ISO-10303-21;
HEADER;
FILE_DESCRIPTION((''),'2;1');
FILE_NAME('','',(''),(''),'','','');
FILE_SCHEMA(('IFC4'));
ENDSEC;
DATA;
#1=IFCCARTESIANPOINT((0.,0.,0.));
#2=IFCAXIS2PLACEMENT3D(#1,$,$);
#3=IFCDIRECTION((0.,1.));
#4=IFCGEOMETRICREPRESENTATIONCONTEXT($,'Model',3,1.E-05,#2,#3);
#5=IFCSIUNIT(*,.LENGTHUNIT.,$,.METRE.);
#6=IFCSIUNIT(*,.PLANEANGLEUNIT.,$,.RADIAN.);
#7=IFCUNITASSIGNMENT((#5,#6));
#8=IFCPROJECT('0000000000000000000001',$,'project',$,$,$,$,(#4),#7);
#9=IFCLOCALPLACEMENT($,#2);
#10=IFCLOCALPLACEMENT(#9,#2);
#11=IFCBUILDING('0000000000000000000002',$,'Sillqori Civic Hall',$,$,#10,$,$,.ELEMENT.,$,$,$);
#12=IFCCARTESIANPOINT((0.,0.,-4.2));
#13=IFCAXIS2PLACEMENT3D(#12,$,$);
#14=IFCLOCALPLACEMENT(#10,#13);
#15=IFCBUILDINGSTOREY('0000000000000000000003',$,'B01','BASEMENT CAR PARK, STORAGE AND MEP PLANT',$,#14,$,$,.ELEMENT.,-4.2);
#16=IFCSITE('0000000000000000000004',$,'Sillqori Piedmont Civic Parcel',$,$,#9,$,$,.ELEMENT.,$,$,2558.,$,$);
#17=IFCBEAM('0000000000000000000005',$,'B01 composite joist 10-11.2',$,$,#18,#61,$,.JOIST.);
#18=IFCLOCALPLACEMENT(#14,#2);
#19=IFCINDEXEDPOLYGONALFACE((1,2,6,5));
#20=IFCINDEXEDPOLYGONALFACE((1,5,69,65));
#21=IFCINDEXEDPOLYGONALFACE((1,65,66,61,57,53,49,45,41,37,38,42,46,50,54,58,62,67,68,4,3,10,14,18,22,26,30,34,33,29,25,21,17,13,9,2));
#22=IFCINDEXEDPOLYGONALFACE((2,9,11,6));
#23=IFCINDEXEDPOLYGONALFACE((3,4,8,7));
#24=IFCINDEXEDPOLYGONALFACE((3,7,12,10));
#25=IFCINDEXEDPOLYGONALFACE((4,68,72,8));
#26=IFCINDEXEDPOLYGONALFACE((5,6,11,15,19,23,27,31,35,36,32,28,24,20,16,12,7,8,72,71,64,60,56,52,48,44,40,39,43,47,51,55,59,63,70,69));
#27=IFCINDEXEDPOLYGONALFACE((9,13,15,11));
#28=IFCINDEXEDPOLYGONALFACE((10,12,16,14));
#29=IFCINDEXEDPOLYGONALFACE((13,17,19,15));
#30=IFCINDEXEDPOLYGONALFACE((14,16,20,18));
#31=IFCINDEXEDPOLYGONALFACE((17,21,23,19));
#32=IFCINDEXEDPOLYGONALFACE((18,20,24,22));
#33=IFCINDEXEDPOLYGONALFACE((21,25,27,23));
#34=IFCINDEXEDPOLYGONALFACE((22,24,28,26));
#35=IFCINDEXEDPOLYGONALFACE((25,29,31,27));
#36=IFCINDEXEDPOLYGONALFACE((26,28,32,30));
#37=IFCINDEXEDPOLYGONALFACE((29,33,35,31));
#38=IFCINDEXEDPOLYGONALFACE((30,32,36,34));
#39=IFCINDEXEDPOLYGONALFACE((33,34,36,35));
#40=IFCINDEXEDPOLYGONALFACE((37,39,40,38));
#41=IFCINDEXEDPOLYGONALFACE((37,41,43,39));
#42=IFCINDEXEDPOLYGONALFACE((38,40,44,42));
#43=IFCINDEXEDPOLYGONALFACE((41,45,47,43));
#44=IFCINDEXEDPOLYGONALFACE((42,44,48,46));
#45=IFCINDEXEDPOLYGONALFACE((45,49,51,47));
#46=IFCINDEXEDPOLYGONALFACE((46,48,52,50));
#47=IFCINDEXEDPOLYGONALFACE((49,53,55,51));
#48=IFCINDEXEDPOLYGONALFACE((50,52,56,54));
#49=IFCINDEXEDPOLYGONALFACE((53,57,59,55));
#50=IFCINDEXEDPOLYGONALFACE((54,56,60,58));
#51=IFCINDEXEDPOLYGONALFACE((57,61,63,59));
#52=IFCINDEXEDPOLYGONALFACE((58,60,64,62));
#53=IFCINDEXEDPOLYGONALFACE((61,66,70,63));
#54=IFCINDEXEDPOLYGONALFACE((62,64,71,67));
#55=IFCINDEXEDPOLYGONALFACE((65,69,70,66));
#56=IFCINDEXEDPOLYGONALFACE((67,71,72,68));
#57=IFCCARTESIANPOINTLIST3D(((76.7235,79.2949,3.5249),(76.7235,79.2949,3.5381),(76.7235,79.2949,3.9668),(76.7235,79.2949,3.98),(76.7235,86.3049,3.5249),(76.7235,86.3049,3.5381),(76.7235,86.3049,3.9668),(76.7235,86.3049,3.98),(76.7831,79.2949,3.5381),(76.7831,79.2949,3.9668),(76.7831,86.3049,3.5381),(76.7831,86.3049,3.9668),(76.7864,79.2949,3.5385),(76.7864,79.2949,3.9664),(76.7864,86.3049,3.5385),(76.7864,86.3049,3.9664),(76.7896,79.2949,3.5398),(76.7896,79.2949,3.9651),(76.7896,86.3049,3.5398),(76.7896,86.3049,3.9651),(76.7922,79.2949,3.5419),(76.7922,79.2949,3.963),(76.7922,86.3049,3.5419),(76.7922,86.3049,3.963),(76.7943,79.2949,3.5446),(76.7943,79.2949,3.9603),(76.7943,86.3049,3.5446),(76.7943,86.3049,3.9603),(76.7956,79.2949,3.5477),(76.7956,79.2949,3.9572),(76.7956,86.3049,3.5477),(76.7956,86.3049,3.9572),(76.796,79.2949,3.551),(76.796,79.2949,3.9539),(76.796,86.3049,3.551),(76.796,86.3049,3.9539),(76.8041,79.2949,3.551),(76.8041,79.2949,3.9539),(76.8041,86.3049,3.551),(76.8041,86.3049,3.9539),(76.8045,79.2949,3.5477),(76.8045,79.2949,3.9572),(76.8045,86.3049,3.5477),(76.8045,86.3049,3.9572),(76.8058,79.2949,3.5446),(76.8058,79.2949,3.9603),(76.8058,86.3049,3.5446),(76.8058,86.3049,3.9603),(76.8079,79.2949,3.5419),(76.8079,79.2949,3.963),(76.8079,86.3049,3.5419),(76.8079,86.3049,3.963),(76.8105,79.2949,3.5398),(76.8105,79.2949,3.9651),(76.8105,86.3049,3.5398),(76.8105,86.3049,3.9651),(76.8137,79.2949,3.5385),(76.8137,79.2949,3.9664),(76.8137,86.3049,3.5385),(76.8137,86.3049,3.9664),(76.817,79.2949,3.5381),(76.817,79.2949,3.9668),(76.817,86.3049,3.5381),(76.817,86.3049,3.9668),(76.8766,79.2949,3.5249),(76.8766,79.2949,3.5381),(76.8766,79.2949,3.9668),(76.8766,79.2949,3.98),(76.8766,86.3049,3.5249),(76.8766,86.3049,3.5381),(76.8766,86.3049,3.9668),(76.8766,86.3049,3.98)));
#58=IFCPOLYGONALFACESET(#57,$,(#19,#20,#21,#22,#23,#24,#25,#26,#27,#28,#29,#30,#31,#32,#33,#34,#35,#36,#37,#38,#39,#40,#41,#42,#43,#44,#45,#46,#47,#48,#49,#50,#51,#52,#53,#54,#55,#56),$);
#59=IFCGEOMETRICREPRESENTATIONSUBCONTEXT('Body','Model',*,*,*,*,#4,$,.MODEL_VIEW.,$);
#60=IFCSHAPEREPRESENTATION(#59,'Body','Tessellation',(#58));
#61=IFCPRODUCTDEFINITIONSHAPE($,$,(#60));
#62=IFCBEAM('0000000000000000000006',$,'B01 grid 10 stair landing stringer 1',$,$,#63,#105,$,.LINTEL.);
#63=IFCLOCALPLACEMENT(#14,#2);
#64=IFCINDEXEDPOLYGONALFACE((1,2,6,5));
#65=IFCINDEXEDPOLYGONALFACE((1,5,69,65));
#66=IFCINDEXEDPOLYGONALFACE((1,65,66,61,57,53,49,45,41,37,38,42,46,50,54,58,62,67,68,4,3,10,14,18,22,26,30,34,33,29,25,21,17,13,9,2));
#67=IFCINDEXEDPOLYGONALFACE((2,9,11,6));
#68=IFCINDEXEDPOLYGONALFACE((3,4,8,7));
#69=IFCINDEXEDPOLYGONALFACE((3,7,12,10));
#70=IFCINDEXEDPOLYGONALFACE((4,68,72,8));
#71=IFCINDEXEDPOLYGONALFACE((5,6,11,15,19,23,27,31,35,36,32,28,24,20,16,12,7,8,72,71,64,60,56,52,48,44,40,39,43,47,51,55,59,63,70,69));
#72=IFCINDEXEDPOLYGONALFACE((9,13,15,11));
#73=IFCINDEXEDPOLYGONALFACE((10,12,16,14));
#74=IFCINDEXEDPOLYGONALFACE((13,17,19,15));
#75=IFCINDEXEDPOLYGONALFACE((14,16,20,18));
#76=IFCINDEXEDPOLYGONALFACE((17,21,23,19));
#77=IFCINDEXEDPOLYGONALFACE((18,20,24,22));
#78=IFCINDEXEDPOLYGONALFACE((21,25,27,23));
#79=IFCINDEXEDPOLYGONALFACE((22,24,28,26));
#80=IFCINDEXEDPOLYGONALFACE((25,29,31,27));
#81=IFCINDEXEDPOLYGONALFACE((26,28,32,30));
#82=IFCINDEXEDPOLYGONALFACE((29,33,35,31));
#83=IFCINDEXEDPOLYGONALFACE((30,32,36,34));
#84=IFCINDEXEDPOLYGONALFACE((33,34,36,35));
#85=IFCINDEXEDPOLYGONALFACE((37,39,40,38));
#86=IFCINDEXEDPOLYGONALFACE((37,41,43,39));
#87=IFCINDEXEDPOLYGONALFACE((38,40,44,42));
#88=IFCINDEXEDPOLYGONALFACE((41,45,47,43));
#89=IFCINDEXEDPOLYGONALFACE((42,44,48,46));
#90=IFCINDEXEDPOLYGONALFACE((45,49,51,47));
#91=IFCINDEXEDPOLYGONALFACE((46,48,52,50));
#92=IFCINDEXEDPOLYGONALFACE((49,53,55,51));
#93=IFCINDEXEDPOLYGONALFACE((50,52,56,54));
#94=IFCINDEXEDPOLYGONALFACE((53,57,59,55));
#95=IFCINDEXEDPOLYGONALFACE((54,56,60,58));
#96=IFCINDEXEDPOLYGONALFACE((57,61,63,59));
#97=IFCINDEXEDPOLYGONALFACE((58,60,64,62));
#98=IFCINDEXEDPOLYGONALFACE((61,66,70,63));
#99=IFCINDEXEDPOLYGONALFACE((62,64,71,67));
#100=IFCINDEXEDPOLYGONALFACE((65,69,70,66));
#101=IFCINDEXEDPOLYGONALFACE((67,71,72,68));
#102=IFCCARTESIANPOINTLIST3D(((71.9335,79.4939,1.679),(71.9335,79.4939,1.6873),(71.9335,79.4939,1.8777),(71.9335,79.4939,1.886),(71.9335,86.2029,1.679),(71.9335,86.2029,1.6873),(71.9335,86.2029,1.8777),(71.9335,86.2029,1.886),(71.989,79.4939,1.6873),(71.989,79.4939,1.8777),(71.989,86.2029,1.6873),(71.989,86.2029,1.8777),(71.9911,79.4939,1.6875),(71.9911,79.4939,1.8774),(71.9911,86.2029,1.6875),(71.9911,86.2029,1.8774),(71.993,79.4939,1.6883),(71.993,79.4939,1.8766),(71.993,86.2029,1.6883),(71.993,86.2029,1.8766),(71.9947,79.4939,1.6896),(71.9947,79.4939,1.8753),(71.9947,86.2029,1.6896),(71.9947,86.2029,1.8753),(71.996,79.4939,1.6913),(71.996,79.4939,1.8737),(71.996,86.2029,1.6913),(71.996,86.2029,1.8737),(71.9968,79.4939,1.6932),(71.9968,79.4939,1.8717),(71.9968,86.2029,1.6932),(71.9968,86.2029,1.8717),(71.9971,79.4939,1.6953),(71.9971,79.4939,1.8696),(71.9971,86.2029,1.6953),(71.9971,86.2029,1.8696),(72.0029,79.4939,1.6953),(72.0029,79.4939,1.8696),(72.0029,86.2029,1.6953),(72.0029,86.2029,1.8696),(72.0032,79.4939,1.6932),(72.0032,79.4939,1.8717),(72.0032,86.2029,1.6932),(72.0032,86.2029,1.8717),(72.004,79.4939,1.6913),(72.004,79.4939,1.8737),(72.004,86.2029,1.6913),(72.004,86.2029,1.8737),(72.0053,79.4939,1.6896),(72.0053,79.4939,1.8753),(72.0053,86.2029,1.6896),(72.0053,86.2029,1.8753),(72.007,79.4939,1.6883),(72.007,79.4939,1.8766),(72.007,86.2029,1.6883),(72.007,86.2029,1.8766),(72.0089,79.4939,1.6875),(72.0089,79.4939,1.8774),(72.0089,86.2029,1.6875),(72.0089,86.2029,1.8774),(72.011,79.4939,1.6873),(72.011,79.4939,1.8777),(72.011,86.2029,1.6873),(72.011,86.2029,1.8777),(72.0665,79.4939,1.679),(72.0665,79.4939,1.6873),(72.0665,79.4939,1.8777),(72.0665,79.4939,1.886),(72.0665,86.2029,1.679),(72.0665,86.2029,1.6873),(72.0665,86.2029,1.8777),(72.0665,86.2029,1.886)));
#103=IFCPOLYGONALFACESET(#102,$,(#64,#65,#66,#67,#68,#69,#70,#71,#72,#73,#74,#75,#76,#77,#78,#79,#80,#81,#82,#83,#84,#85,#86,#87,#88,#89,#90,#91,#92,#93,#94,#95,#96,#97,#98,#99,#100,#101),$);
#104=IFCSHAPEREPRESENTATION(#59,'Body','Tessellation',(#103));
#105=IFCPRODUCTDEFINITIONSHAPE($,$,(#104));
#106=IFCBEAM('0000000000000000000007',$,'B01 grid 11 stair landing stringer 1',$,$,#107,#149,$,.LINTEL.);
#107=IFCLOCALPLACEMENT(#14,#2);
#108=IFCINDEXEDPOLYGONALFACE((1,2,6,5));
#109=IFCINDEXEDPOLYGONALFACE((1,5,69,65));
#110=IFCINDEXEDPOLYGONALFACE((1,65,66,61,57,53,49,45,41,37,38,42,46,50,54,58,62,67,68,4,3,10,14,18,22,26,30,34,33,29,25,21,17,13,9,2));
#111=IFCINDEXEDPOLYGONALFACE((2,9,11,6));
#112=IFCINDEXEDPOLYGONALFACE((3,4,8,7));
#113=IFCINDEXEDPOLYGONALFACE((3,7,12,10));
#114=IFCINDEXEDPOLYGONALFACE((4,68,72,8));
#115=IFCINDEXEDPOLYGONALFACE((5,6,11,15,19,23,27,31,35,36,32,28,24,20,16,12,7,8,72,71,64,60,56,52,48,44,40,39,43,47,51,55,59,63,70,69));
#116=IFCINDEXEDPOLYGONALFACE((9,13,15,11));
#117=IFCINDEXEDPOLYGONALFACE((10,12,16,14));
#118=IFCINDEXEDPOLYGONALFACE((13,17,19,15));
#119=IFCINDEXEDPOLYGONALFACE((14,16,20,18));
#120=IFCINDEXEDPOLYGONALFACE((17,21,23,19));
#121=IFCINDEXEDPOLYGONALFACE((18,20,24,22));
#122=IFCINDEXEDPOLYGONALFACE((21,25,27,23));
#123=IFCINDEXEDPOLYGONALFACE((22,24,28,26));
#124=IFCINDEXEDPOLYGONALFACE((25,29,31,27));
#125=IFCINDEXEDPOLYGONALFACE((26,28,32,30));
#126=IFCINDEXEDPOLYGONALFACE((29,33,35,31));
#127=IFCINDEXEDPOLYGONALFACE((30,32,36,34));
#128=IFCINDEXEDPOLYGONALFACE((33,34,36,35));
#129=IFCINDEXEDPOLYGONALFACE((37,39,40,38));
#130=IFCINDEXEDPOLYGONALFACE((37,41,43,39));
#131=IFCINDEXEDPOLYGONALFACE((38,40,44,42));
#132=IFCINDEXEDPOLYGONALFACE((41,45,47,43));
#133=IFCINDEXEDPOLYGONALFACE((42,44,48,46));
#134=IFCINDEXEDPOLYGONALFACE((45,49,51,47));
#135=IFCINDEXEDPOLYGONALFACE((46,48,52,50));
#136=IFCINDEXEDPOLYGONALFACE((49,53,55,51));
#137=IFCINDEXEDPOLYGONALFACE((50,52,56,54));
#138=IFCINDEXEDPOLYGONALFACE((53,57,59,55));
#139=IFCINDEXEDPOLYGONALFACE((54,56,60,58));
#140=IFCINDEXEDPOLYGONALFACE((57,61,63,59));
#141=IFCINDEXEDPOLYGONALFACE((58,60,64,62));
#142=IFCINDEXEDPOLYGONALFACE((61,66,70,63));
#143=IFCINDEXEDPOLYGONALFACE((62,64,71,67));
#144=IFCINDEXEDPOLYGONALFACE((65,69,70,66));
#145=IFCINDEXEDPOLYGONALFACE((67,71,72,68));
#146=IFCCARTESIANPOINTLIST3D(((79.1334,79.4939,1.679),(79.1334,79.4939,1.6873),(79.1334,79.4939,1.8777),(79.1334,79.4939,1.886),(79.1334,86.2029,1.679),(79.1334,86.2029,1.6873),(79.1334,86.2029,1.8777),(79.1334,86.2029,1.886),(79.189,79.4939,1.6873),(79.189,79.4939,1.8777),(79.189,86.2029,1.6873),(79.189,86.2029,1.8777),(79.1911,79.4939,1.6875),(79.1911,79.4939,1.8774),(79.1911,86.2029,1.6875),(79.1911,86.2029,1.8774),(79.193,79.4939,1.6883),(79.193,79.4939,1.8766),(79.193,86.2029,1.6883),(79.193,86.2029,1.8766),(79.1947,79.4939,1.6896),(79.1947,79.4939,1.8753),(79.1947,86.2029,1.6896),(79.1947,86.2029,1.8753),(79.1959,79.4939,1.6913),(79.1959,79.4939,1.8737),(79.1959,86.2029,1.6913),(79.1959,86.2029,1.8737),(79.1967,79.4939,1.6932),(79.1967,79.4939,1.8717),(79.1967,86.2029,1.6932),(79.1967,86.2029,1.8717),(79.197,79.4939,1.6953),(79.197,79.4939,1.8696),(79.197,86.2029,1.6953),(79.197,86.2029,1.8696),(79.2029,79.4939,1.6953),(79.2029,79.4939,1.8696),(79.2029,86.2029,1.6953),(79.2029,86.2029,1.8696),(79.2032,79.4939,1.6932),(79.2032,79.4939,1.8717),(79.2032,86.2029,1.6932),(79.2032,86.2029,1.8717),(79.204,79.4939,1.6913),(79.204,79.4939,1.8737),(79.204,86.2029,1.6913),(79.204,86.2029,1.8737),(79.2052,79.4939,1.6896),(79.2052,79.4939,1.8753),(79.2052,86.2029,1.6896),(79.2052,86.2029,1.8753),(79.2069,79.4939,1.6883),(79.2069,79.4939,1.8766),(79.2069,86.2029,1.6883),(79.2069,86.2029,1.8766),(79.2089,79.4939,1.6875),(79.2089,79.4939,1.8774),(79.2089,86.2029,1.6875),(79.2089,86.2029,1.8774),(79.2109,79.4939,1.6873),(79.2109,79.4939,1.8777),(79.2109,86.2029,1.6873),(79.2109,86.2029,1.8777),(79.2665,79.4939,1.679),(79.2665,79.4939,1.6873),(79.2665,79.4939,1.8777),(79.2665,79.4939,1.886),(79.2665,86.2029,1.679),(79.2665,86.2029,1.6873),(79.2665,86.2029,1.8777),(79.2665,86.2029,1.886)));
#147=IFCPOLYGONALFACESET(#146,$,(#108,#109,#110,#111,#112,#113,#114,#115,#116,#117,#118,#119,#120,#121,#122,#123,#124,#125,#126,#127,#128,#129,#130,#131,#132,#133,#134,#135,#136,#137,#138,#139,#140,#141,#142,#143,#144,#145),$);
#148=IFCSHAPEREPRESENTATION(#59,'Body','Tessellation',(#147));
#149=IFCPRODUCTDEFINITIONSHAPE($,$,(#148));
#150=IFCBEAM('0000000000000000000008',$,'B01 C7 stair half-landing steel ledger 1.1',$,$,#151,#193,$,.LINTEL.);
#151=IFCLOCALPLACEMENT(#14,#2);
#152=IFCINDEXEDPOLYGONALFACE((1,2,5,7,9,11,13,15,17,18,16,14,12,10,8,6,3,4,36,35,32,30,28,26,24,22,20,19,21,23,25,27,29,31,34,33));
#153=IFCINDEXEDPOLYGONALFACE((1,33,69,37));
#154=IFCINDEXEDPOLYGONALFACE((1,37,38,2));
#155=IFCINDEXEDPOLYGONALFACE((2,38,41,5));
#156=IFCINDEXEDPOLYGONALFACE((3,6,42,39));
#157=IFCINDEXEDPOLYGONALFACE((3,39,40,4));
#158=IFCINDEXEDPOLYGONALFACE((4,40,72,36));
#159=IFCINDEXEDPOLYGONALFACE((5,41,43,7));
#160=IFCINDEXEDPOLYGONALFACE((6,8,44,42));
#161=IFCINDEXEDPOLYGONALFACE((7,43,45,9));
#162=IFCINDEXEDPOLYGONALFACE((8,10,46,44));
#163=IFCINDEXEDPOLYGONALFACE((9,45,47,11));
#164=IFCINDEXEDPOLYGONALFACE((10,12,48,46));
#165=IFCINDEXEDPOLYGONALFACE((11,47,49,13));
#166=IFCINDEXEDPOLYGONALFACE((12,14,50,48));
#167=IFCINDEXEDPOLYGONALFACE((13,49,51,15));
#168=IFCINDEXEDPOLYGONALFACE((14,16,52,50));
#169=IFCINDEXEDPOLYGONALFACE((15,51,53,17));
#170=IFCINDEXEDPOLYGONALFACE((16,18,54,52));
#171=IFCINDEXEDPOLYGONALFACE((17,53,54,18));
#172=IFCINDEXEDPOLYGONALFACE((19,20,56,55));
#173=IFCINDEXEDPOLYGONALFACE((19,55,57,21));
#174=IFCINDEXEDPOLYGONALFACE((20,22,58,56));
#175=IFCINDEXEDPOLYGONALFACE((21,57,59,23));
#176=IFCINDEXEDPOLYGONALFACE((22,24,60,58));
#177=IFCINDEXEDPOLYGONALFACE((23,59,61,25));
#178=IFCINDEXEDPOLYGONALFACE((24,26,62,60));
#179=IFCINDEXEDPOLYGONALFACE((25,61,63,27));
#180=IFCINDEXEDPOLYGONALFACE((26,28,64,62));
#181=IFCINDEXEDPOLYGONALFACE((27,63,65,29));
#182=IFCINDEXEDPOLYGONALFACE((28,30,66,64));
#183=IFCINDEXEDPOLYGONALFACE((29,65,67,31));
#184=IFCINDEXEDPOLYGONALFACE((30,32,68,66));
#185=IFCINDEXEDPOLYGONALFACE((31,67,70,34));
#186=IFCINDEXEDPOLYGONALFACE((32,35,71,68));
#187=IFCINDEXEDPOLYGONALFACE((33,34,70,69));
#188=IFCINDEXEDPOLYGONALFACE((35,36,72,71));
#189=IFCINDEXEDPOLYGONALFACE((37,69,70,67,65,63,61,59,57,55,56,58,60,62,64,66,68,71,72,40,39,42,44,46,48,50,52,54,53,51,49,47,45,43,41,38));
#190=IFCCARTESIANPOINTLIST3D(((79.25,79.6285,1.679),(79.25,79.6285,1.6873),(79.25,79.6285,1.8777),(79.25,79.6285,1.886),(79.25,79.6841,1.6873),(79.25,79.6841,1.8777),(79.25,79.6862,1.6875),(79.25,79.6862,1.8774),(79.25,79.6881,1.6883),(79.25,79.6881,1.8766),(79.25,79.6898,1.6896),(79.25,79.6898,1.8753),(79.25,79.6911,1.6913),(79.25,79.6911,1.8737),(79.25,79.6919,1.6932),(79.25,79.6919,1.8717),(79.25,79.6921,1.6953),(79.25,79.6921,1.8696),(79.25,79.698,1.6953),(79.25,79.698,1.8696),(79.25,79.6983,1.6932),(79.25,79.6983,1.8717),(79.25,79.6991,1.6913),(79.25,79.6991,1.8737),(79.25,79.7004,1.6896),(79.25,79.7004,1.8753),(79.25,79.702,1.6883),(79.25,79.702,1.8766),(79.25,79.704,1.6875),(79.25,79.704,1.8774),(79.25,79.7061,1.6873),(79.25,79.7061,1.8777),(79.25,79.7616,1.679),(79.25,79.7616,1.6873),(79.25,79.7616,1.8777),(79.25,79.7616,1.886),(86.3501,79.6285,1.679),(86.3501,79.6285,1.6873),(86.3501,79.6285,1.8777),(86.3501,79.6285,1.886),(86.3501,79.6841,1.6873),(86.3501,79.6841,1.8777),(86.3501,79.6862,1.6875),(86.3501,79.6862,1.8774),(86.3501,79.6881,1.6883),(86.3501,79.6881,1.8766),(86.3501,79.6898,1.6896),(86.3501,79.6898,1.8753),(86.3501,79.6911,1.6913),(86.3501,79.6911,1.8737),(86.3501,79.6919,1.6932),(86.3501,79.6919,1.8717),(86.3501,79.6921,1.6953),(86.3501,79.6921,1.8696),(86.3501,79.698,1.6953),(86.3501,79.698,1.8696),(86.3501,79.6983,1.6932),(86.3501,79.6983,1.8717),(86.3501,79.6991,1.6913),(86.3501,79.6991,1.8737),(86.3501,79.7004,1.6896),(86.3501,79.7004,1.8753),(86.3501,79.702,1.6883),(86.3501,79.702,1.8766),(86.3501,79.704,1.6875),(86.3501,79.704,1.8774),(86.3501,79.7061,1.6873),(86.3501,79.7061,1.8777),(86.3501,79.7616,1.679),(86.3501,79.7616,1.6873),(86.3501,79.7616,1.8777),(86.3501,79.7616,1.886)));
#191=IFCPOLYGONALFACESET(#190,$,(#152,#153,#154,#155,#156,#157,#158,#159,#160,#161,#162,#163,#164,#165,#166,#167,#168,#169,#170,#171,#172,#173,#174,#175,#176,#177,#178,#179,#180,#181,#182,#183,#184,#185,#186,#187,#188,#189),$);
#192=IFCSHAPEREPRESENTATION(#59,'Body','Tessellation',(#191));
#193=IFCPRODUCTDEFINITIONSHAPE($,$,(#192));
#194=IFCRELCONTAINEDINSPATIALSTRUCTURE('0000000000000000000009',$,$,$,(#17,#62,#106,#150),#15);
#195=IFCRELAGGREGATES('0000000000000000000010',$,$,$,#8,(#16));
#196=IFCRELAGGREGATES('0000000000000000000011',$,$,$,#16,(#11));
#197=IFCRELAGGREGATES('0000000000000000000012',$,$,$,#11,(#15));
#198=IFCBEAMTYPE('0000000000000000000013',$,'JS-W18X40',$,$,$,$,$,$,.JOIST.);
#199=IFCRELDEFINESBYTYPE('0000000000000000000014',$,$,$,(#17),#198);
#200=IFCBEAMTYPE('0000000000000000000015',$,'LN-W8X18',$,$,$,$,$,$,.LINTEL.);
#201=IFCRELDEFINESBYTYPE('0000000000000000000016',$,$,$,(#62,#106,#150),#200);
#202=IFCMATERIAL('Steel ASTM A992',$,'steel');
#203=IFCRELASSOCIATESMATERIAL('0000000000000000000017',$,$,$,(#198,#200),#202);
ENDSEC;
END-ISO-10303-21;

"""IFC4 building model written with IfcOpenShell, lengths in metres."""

from ifc_helpers import new_model, si_unit, direction, frame, origin, origin_2d, place, context, subcontext, project, spatial, i_section, extrude, material, material_profile, profile_set, type_object, element, save


model = new_model("IFC4")

# Units and contexts
model_context = context("Model", 3, precision=1e-05, world=origin(), true_north=direction((0.0, 1.0)))
body_context = subcontext(model_context, "Body", "Model", "MODEL_VIEW")
ifc_project = project(units=[si_unit("LENGTHUNIT", "METRE"), si_unit("PLANEANGLEUNIT", "RADIAN")], contexts=[model_context])

# Site, building, storey
site_placement = place(None, origin())
site = spatial("IfcSite", under=ifc_project, at=site_placement, Name="Sillqori Piedmont Civic Parcel", CompositionType="ELEMENT", RefElevation=2558.0)
building_placement = place(site_placement, origin())
building = spatial("IfcBuilding", under=site, at=building_placement, Name="Sillqori Civic Hall", CompositionType="ELEMENT")
storey_placement = place(building_placement, frame((0.0, 0.0, -4.2)))
storey = spatial("IfcBuildingStorey", under=building, at=storey_placement, Name="B01", Description="BASEMENT CAR PARK, STORAGE AND MEP PLANT", CompositionType="ELEMENT", Elevation=-4.2)

# Beams
ifc_material_1 = material(Name="Steel ASTM A992", Category="steel")
ifc_material_profile_1 = material_profile(ifc_material_1, i_section(OverallWidth=0.1531, OverallDepth=0.4551, WebThickness=0.0081, FlangeThickness=0.0132, FilletRadius=0.0129, at=origin_2d()), Name="W18X40")
ifc_profile_set_1 = profile_set([ifc_material_profile_1], Name="Steel ASTM A992")
beam_type_1 = type_object("IfcBeamType", Name="JS-W18X40", PredefinedType="JOIST", material=ifc_profile_set_1)
for number, where, z_axis, x_axis, name in (
    (1, (76.8, 79.2949, 3.7524), (0.0, 1.0, 0.0), (-1.0, 0.0, 0.0), "B01 composite joist 10-11.2"),
):
    element("IfcBeam", number, at=place(storey_placement, frame(where, z_axis=z_axis, x_axis=x_axis)), inside=storey, type_object=beam_type_1, Name=name, PredefinedType="JOIST", context=body_context, shape_type="SweptSolid", body=[
        extrude(i_section(OverallWidth=0.1531, OverallDepth=0.4551, WebThickness=0.0081, FlangeThickness=0.0132, FilletRadius=0.0129, at=origin_2d()), origin(), (0.0, 0.0, 1.0), 7.01),
    ])
ifc_material_profile_2 = material_profile(ifc_material_1, i_section(OverallWidth=0.1331, OverallDepth=0.207, WebThickness=0.0059, FlangeThickness=0.0083, FilletRadius=0.0081, at=origin_2d()), Name="W8X18")
ifc_profile_set_2 = profile_set([ifc_material_profile_2], Name="Steel ASTM A992")
beam_type_2 = type_object("IfcBeamType", Name="LN-W8X18", PredefinedType="LINTEL", material=ifc_profile_set_2)
for number, where, z_axis, x_axis, name in (
    (2, (72.0, 79.4939, 1.7825), (0.0, 1.0, 0.0), (-1.0, 0.0, 0.0), "B01 grid 10 stair landing stringer 1"),
    (3, (79.2, 79.4939, 1.7825), (0.0, 1.0, 0.0), (-1.0, 0.0, 0.0), "B01 grid 11 stair landing stringer 1"),
):
    element("IfcBeam", number, at=place(storey_placement, frame(where, z_axis=z_axis, x_axis=x_axis)), inside=storey, type_object=beam_type_2, Name=name, PredefinedType="LINTEL", context=body_context, shape_type="SweptSolid", body=[
        extrude(i_section(OverallWidth=0.1331, OverallDepth=0.207, WebThickness=0.0059, FlangeThickness=0.0083, FilletRadius=0.0081, at=origin_2d()), origin(), (0.0, 0.0, 1.0), 6.709),
    ])
for number, where, z_axis, x_axis, name in (
    (4, (79.25, 79.6951, 1.7825), (1.0, 0.0, 0.0), (0.0, 1.0, 0.0), "B01 C7 stair half-landing steel ledger 1.1"),
):
    element("IfcBeam", number, at=place(storey_placement, frame(where, z_axis=z_axis, x_axis=x_axis)), inside=storey, type_object=beam_type_2, Name=name, PredefinedType="LINTEL", context=body_context, shape_type="SweptSolid", body=[
        extrude(i_section(OverallWidth=0.1331, OverallDepth=0.207, WebThickness=0.0059, FlangeThickness=0.0083, FilletRadius=0.0081, at=origin_2d()), origin(), (0.0, 0.0, 1.0), 7.1001),
    ])

save(model, "model.ifc")
